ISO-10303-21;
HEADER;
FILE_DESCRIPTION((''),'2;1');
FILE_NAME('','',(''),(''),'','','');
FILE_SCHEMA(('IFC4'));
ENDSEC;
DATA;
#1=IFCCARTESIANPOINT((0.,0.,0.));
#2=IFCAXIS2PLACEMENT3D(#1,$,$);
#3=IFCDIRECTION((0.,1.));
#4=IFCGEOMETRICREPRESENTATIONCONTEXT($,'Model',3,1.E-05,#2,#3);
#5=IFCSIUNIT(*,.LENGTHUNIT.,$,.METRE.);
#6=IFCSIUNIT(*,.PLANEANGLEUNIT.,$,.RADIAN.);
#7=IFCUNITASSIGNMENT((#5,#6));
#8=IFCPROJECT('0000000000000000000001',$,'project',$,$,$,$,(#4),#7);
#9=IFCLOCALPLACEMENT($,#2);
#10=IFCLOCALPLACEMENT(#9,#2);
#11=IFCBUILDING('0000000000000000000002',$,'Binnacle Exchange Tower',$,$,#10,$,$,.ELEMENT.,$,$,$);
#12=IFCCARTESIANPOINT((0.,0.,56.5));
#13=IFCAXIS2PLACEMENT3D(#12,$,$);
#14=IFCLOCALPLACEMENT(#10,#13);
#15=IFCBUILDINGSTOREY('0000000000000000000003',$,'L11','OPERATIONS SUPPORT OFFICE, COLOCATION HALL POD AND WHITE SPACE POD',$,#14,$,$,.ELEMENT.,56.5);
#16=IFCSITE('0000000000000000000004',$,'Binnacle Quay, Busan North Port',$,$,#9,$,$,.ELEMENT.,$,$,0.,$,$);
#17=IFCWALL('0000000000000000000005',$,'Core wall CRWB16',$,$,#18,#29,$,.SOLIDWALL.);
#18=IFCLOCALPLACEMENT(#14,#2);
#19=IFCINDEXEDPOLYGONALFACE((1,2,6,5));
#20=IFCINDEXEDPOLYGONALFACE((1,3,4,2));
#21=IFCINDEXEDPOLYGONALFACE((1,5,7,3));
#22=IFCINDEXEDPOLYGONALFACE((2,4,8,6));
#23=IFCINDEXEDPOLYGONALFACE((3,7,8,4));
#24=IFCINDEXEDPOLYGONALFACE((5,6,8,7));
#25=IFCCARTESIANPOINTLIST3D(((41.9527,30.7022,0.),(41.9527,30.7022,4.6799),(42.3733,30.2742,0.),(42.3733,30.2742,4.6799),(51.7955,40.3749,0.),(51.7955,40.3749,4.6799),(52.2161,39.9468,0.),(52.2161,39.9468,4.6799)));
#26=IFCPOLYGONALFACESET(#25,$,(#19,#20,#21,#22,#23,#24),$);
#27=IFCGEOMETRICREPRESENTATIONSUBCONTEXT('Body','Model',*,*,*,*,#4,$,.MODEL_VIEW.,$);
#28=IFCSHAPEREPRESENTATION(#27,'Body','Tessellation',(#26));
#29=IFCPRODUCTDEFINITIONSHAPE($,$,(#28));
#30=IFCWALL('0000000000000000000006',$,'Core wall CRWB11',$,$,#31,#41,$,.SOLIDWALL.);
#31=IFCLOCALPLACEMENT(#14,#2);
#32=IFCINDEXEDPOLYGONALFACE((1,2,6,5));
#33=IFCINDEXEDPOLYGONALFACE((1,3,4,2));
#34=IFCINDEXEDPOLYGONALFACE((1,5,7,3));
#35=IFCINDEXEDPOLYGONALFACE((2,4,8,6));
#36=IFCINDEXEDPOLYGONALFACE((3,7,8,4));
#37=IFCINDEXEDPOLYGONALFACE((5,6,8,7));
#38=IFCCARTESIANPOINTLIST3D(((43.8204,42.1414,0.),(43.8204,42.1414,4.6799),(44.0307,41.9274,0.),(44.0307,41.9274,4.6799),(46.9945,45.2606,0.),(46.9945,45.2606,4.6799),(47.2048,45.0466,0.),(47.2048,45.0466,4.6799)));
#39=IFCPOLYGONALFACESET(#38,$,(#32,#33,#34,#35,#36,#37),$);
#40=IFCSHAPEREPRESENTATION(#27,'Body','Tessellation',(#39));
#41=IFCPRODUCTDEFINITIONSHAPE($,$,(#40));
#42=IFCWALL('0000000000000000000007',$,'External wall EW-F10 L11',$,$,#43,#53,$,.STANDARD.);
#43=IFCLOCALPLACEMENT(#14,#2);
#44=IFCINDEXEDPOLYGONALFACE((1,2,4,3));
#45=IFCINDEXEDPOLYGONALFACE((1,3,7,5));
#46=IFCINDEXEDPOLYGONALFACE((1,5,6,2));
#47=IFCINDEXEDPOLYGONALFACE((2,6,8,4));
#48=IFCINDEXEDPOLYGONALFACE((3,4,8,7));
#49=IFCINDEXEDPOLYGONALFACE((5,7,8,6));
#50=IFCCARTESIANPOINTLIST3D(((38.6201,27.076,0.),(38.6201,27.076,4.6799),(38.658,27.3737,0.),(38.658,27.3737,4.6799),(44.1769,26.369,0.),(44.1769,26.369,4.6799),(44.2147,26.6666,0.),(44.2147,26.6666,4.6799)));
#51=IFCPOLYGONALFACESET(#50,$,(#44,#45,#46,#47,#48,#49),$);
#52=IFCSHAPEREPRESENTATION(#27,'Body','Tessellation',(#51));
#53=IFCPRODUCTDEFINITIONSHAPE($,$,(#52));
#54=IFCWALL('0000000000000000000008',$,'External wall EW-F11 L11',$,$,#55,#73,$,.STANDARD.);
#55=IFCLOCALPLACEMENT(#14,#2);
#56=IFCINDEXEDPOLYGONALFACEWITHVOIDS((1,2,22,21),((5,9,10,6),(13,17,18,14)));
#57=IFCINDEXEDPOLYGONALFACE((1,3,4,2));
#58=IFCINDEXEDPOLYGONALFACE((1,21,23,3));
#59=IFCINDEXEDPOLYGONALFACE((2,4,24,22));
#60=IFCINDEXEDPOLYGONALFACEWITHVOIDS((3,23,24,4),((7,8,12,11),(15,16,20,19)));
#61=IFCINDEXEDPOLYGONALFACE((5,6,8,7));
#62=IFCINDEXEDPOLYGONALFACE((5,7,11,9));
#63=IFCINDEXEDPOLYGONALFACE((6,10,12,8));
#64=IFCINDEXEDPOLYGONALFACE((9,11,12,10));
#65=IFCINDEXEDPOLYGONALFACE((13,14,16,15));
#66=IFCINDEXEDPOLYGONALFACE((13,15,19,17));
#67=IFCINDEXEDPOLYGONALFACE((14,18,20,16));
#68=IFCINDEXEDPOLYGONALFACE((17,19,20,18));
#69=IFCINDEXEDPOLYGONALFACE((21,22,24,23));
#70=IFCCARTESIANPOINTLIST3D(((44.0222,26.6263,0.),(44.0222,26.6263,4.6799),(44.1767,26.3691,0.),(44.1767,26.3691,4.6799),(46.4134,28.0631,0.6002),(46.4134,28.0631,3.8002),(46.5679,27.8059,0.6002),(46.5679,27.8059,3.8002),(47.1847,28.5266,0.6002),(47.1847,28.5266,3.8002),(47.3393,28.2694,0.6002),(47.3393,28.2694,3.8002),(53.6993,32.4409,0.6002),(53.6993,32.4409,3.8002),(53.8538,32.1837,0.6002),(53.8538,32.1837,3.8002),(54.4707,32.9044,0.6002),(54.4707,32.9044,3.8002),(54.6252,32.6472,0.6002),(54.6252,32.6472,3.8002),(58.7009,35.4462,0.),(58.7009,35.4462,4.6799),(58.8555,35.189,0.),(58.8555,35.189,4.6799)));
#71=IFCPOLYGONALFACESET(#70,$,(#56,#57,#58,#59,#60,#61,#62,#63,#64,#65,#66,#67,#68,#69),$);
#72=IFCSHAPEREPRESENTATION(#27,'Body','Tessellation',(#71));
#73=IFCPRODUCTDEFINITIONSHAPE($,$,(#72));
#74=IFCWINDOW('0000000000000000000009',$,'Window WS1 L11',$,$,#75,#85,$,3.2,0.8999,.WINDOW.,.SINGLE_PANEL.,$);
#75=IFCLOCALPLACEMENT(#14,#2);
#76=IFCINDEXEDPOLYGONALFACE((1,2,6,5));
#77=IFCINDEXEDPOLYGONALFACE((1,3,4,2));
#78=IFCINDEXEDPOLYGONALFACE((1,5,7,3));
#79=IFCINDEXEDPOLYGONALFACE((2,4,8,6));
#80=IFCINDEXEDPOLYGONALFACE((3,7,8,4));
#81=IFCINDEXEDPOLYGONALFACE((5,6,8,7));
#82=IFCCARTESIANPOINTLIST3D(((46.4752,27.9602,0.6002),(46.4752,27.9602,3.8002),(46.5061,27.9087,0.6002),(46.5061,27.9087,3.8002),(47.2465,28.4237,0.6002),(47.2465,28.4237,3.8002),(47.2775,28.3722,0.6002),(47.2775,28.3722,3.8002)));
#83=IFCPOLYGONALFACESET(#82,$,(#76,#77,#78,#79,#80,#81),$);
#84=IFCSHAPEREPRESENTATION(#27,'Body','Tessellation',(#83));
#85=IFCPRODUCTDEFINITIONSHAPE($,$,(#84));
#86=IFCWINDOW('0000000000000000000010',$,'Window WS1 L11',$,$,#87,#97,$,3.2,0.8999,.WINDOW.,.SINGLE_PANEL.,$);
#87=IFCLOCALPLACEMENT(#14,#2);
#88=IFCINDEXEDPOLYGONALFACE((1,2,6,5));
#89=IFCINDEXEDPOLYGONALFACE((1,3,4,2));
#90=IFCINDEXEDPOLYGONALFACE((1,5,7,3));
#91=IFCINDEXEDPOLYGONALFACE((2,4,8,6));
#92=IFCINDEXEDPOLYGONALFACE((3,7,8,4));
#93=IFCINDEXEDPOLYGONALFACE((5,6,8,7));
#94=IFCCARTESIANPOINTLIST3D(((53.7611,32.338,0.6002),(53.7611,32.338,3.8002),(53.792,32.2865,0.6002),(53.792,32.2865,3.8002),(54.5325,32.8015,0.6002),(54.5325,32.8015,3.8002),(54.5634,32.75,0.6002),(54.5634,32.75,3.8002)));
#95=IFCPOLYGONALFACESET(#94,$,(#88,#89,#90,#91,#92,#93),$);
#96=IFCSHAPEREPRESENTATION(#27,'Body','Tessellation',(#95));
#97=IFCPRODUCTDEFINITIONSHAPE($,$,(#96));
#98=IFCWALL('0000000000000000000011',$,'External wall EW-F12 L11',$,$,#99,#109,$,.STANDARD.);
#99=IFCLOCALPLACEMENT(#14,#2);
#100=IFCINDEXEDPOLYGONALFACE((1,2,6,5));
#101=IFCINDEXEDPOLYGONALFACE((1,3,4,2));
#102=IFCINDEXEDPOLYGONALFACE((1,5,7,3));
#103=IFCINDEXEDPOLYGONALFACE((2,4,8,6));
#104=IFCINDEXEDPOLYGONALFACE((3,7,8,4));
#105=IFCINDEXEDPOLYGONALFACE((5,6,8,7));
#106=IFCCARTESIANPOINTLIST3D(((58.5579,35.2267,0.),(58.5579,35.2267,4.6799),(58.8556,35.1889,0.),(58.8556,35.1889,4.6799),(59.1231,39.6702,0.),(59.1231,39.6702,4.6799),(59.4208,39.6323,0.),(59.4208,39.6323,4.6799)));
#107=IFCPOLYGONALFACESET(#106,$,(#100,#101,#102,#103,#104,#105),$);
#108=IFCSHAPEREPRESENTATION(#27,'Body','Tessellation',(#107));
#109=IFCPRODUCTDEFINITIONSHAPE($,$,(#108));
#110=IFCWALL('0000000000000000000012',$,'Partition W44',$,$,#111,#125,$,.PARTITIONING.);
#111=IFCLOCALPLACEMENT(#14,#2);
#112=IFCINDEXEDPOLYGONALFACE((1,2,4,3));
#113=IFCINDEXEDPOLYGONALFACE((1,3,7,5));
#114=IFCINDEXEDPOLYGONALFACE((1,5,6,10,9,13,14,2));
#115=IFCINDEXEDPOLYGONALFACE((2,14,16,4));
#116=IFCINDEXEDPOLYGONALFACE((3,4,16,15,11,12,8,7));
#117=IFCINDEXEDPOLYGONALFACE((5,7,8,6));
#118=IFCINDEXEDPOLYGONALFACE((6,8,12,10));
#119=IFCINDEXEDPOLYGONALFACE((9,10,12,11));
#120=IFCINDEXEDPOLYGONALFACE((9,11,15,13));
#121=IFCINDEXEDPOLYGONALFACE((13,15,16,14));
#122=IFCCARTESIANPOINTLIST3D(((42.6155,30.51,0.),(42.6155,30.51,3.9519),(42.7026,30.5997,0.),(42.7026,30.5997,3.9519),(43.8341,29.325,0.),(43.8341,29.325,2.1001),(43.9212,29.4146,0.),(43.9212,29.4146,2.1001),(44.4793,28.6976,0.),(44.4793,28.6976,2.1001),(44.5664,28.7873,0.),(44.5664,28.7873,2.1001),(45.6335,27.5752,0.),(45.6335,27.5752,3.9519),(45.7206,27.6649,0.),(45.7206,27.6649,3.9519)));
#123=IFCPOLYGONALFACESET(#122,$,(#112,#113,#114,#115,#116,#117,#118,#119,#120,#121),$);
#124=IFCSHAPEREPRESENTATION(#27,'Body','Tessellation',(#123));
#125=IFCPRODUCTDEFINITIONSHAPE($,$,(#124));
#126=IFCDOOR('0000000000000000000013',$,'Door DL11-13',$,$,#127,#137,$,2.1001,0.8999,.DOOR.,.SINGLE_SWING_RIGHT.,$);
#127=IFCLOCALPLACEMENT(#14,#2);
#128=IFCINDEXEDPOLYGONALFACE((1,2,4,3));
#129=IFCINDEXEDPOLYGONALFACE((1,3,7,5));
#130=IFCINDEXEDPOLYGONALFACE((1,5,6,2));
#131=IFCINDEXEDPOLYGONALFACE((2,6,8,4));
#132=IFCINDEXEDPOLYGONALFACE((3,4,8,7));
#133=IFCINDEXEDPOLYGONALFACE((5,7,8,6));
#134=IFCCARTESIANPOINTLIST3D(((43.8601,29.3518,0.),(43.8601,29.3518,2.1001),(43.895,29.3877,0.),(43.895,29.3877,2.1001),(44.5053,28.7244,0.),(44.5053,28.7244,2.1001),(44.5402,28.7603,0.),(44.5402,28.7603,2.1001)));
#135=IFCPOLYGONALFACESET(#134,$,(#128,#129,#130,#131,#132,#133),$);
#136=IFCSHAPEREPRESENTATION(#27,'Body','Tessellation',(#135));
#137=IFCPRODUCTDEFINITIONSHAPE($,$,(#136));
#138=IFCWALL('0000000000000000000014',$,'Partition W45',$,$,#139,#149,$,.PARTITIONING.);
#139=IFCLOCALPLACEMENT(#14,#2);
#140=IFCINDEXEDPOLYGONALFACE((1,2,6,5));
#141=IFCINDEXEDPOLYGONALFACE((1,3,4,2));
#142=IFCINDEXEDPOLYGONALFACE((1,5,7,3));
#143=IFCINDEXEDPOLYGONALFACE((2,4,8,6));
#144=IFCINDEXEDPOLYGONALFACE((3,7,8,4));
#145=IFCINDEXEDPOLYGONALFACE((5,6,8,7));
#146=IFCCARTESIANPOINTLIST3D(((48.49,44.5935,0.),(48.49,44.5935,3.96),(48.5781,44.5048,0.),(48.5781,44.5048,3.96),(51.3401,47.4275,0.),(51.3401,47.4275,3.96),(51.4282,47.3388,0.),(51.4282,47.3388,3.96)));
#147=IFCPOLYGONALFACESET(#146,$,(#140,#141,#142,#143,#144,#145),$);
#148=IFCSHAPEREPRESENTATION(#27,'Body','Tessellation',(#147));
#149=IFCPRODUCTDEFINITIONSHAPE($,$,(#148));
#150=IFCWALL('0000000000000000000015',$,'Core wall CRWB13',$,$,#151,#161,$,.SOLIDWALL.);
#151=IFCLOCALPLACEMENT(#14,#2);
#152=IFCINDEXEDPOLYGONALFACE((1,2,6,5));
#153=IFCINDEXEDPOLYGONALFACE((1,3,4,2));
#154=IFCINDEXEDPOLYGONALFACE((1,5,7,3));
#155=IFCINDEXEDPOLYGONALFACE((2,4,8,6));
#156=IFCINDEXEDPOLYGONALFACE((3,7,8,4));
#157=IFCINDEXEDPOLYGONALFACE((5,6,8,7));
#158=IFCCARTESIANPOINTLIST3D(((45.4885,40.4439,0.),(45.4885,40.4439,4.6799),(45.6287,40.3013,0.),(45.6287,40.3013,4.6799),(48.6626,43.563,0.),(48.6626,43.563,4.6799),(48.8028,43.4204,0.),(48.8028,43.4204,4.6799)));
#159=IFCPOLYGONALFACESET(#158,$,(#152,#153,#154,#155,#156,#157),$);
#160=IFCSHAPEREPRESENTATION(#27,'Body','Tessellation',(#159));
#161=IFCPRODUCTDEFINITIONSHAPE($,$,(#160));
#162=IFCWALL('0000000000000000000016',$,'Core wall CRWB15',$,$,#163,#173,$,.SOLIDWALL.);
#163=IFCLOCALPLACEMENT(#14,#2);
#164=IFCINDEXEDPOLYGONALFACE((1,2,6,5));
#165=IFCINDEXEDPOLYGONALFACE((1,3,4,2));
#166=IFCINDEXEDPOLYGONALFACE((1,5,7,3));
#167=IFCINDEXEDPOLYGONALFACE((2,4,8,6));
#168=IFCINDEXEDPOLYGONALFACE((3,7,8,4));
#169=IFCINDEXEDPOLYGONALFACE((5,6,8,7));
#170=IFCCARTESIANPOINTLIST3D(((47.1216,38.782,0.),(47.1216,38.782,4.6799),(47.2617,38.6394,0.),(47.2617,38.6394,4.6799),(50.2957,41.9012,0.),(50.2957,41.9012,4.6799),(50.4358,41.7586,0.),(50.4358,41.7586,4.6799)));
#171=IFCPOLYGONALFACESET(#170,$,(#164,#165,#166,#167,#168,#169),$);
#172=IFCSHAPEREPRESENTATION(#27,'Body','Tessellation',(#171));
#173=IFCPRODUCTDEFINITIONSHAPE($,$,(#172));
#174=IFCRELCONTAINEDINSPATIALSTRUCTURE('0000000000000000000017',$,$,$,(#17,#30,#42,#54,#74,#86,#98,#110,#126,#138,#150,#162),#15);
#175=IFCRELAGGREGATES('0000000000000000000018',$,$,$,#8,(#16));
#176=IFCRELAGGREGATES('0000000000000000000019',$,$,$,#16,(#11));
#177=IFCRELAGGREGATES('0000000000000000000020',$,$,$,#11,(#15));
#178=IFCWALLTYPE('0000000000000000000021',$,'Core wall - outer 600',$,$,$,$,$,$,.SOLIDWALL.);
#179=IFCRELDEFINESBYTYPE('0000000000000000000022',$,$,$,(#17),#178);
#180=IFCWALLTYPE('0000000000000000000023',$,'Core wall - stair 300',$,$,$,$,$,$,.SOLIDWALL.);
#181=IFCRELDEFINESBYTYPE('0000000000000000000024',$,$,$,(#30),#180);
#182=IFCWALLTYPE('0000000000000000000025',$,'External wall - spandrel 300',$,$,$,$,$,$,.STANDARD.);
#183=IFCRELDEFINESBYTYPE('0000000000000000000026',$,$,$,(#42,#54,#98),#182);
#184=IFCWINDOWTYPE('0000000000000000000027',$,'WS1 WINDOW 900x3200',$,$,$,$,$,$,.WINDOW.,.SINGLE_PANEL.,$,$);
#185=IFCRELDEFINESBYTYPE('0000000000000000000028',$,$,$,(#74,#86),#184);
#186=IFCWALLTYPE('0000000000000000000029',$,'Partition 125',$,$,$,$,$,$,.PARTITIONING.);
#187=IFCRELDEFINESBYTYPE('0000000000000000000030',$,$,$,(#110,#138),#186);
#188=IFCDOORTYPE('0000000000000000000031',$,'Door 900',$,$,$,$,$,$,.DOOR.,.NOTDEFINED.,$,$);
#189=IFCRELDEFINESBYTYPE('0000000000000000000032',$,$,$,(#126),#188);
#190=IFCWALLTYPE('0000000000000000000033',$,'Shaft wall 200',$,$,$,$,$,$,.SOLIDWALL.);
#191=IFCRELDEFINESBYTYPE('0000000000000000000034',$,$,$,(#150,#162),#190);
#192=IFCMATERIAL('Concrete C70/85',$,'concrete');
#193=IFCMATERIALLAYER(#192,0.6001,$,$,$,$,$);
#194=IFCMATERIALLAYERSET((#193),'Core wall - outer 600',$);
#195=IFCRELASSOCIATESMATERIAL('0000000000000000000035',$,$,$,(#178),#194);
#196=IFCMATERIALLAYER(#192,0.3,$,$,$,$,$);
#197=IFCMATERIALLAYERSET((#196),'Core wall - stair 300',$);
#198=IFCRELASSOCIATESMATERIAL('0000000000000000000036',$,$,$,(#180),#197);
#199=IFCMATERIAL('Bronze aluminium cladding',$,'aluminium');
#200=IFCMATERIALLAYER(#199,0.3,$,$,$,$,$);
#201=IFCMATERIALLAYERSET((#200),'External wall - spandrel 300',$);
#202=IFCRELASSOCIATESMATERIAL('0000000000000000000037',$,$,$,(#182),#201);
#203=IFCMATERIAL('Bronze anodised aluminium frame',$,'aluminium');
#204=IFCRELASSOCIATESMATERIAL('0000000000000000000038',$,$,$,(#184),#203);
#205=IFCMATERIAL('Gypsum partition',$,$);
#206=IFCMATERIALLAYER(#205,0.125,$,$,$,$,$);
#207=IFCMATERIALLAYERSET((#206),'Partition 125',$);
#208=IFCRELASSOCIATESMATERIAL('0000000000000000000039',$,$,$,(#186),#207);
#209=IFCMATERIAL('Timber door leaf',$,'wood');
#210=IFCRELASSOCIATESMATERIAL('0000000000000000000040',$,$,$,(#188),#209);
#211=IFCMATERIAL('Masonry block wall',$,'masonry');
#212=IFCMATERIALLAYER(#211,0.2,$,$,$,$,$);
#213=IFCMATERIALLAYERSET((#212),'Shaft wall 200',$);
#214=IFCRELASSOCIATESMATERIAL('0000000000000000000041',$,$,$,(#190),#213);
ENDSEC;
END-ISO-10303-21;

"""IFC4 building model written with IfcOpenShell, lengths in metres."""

from ifc_helpers import new_model, si_unit, direction, frame, frame_2d, origin, place, context, subcontext, project, spatial, rectangle, extrude, material, layer, layer_set, type_object, element, fill, save


model = new_model("IFC4")

# Units and contexts
model_context = context("Model", 3, precision=1e-05, world=origin(), true_north=direction((0.0, 1.0)))
body_context = subcontext(model_context, "Body", "Model", "MODEL_VIEW")
ifc_project = project(units=[si_unit("LENGTHUNIT", "METRE"), si_unit("PLANEANGLEUNIT", "RADIAN")], contexts=[model_context])

# Site, building, storey
site_placement = place(None, origin())
site = spatial("IfcSite", under=ifc_project, at=site_placement, Name="Binnacle Quay, Busan North Port", CompositionType="ELEMENT", RefElevation=0.0)
building_placement = place(site_placement, origin())
building = spatial("IfcBuilding", under=site, at=building_placement, Name="Binnacle Exchange Tower", CompositionType="ELEMENT")
storey_placement = place(building_placement, frame((0.0, 0.0, 56.5)))
storey = spatial("IfcBuildingStorey", under=building, at=storey_placement, Name="L11", Description="OPERATIONS SUPPORT OFFICE, COLOCATION HALL POD AND WHITE SPACE POD", CompositionType="ELEMENT", Elevation=56.5)

# Shared definitions
ifc_material_1 = material(Name="Concrete C70/85", Category="concrete")

# Walls
ifc_layer_1 = layer(ifc_material_1, 0.6001)
ifc_layer_set_1 = layer_set([ifc_layer_1], Name="Core wall - outer 600")
wall_type_1 = type_object("IfcWallType", Name="Core wall - outer 600", PredefinedType="SOLIDWALL", material=ifc_layer_set_1)
wall_1_placement = place(storey_placement, frame((42.1631, 30.4883, 0.0), z_axis=(0.0, 0.0, 1.0), x_axis=(0.713245, 0.700914, 0.0)))
element("IfcWall", 1, at=wall_1_placement, inside=storey, type_object=wall_type_1, Name="Core wall CRWB16", PredefinedType="SOLIDWALL", context=body_context, shape_type="SweptSolid", body=[
    extrude(rectangle(XDim=13.8, YDim=0.6001, at=frame_2d((6.8999, 0.0))), origin(), (0.0, 0.0, 1.0), 4.6799),
])
ifc_layer_2 = layer(ifc_material_1, 0.3)
ifc_layer_set_2 = layer_set([ifc_layer_2], Name="Core wall - stair 300")
wall_type_2 = type_object("IfcWallType", Name="Core wall - stair 300", PredefinedType="SOLIDWALL", material=ifc_layer_set_2)
wall_2_placement = place(storey_placement, frame((43.9255, 42.0344, 0.0), z_axis=(0.0, 0.0, 1.0), x_axis=(0.713252, 0.700908, 0.0)))
element("IfcWall", 2, at=wall_2_placement, inside=storey, type_object=wall_type_2, Name="Core wall CRWB11", PredefinedType="SOLIDWALL", context=body_context, shape_type="SweptSolid", body=[
    extrude(rectangle(XDim=4.4502, YDim=0.3, at=frame_2d((2.2251, 0.0))), origin(), (0.0, 0.0, 1.0), 4.6799),
])
ifc_material_2 = material(Name="Bronze aluminium cladding", Category="aluminium")
ifc_layer_3 = layer(ifc_material_2, 0.3)
ifc_layer_set_3 = layer_set([ifc_layer_3], Name="External wall - spandrel 300")
wall_type_3 = type_object("IfcWallType", Name="External wall - spandrel 300", PredefinedType="STANDARD", material=ifc_layer_set_3)
wall_3_placement = place(storey_placement, frame((44.1958, 26.5178, 0.0), z_axis=(0.0, 0.0, 1.0), x_axis=(-0.992002, 0.126223, 0.0)))
element("IfcWall", 3, at=wall_3_placement, inside=storey, type_object=wall_type_3, Name="External wall EW-F10 L11", PredefinedType="STANDARD", context=body_context, shape_type="SweptSolid", body=[
    extrude(rectangle(XDim=5.6016, YDim=0.3, at=frame_2d((2.8008, 0.0))), origin(), (0.0, 0.0, 1.0), 4.6799),
])

# Wall, openings, windows
wall_4_placement = place(storey_placement, frame((58.7783, 35.3176, 0.0), z_axis=(0.0, 0.0, 1.0), x_axis=(-0.857168, -0.515037, 0.0)))
wall_4 = element("IfcWall", 4, at=wall_4_placement, inside=storey, type_object=wall_type_3, Name="External wall EW-F11 L11", PredefinedType="STANDARD", context=body_context, shape_type="SweptSolid", body=[
    extrude(rectangle(XDim=17.1248, YDim=0.3, at=frame_2d((8.5625, 0.0))), origin(), (0.0, 0.0, 1.0), 4.6799),
])
opening_1_placement = place(wall_4_placement, frame((13.4353, 0.0, 0.6001)))
opening_1 = element("IfcOpeningElement", 5, at=opening_1_placement, cuts=wall_4, PredefinedType="OPENING", context=body_context, shape_type="SweptSolid", body=[
    extrude(rectangle(XDim=0.8999, YDim=3.2, at=frame_2d((0.45, 1.6001))), frame((0.0, 0.1599, 0.0), z_axis=(0.0, -1.0, 0.0), x_axis=(1.0, 0.0, 0.0)), (0.0, 0.0, 1.0), 0.3201),
])
opening_2_placement = place(wall_4_placement, frame((4.9353, 0.0, 0.6001)))
opening_2 = element("IfcOpeningElement", 6, at=opening_2_placement, cuts=wall_4, PredefinedType="OPENING", context=body_context, shape_type="SweptSolid", body=[
    extrude(rectangle(XDim=0.8999, YDim=3.2, at=frame_2d((0.45, 1.6001))), frame((0.0, 0.1599, 0.0), z_axis=(0.0, -1.0, 0.0), x_axis=(1.0, 0.0, 0.0)), (0.0, 0.0, 1.0), 0.3201),
])
ifc_material_3 = material(Name="Bronze anodised aluminium frame", Category="aluminium")
window_type = type_object("IfcWindowType", Name="WS1 WINDOW 900x3200", PartitioningType="SINGLE_PANEL", PredefinedType="WINDOW", material=ifc_material_3)
window_1_placement = place(opening_1_placement, origin())
window_1 = element("IfcWindow", 7, at=window_1_placement, inside=storey, type_object=window_type, Name="Window WS1 L11", OverallHeight=3.2, OverallWidth=0.8999, PartitioningType="SINGLE_PANEL", PredefinedType="WINDOW", context=body_context, shape_type="SweptSolid", body=[
    extrude(rectangle(XDim=0.8999, YDim=3.2, at=frame_2d((0.45, 1.6001))), frame((0.0, 0.03, 0.0), z_axis=(0.0, -1.0, 0.0), x_axis=(1.0, 0.0, 0.0)), (0.0, 0.0, 1.0), 0.0601),
])
fill(opening_1, window_1)
window_2_placement = place(opening_2_placement, origin())
window_2 = element("IfcWindow", 8, at=window_2_placement, inside=storey, type_object=window_type, Name="Window WS1 L11", OverallHeight=3.2, OverallWidth=0.8999, PartitioningType="SINGLE_PANEL", PredefinedType="WINDOW", context=body_context, shape_type="SweptSolid", body=[
    extrude(rectangle(XDim=0.8999, YDim=3.2, at=frame_2d((0.45, 1.6001))), frame((0.0, 0.03, 0.0), z_axis=(0.0, -1.0, 0.0), x_axis=(1.0, 0.0, 0.0)), (0.0, 0.0, 1.0), 0.0601),
])
fill(opening_2, window_2)

# Wall
wall_5_placement = place(storey_placement, frame((59.272, 39.6514, 0.0), z_axis=(0.0, 0.0, 1.0), x_axis=(-0.126181, -0.992007, 0.0)))
element("IfcWall", 9, at=wall_5_placement, inside=storey, type_object=wall_type_3, Name="External wall EW-F12 L11", PredefinedType="STANDARD", context=body_context, shape_type="SweptSolid", body=[
    extrude(rectangle(XDim=4.4792, YDim=0.3, at=frame_2d((2.2397, 0.0))), origin(), (0.0, 0.0, 1.0), 4.6799),
])

# Wall, opening, door
ifc_material_4 = material(Name="Gypsum partition")
ifc_layer_4 = layer(ifc_material_4, 0.125)
ifc_layer_set_4 = layer_set([ifc_layer_4], Name="Partition 125")
wall_type_4 = type_object("IfcWallType", Name="Partition 125", PredefinedType="PARTITIONING", material=ifc_layer_set_4)
wall_6_placement = place(storey_placement, frame((42.6589, 30.5549, 0.0), z_axis=(0.0, 0.0, 1.0), x_axis=(0.716926, -0.69715, 0.0)))
wall_6 = element("IfcWall", 10, at=wall_6_placement, inside=storey, type_object=wall_type_4, Name="Partition W44", PredefinedType="PARTITIONING", context=body_context, shape_type="SweptSolid", body=[
    extrude(rectangle(XDim=4.2097, YDim=0.125, at=frame_2d((2.105, 0.0))), origin(), (0.0, 0.0, 1.0), 3.9519),
])
opening_3_placement = place(wall_6_placement, frame((1.7, 0.0, 0.0)))
opening_3 = element("IfcOpeningElement", 11, at=opening_3_placement, cuts=wall_6, PredefinedType="OPENING", context=body_context, shape_type="SweptSolid", body=[
    extrude(rectangle(XDim=0.8999, YDim=2.1001, at=frame_2d((0.45, 1.05))), frame((0.0, 0.0725, 0.0), z_axis=(0.0, -1.0, 0.0), x_axis=(1.0, 0.0, 0.0)), (0.0, 0.0, 1.0), 0.145),
])
ifc_material_5 = material(Name="Timber door leaf", Category="wood")
door_type_1 = type_object("IfcDoorType", Name="Door 900", OperationType="NOTDEFINED", PredefinedType="DOOR", material=ifc_material_5)
door_1_placement = place(opening_3_placement, origin())
door_1 = element("IfcDoor", 12, at=door_1_placement, inside=storey, type_object=door_type_1, Name="Door DL11-13", OperationType="SINGLE_SWING_RIGHT", OverallHeight=2.1001, OverallWidth=0.8999, PredefinedType="DOOR", context=body_context, shape_type="SweptSolid", body=[
    extrude(rectangle(XDim=0.8999, YDim=2.1001, at=frame_2d((0.45, 1.05))), frame((0.0, 0.0249, 0.0), z_axis=(0.0, -1.0, 0.0), x_axis=(1.0, 0.0, 0.0)), (0.0, 0.0, 1.0), 0.05),
])
fill(opening_3, door_1)

# Walls
wall_7_placement = place(storey_placement, frame((48.5339, 44.5491, 0.0), z_axis=(0.0, 0.0, 1.0), x_axis=(0.709108, 0.705099, 0.0)))
element("IfcWall", 13, at=wall_7_placement, inside=storey, type_object=wall_type_4, Name="Partition W45", PredefinedType="PARTITIONING", context=body_context, shape_type="SweptSolid", body=[
    extrude(rectangle(XDim=4.0193, YDim=0.125, at=frame_2d((2.0098, 0.0))), origin(), (0.0, 0.0, 1.0), 3.96),
])
ifc_material_6 = material(Name="Masonry block wall", Category="masonry")
ifc_layer_5 = layer(ifc_material_6, 0.2)
ifc_layer_set_5 = layer_set([ifc_layer_5], Name="Shaft wall 200")
wall_type_5 = type_object("IfcWallType", Name="Shaft wall 200", PredefinedType="SOLIDWALL", material=ifc_layer_set_5)
for number, where, z_axis, x_axis, name in (
    (14, (45.5586, 40.3726, 0.0), (0.0, 0.0, 1.0), (0.713252, 0.700908, 0.0), "Core wall CRWB13"),
    (15, (47.1917, 38.7107, 0.0), (0.0, 0.0, 1.0), (0.713252, 0.700908, 0.0), "Core wall CRWB15"),
):
    element("IfcWall", number, at=place(storey_placement, frame(where, z_axis=z_axis, x_axis=x_axis)), inside=storey, type_object=wall_type_5, Name=name, PredefinedType="SOLIDWALL", context=body_context, shape_type="SweptSolid", body=[
        extrude(rectangle(XDim=4.4502, YDim=0.2, at=frame_2d((2.2251, 0.0))), origin(), (0.0, 0.0, 1.0), 4.6799),
    ])

save(model, "model.ifc")
